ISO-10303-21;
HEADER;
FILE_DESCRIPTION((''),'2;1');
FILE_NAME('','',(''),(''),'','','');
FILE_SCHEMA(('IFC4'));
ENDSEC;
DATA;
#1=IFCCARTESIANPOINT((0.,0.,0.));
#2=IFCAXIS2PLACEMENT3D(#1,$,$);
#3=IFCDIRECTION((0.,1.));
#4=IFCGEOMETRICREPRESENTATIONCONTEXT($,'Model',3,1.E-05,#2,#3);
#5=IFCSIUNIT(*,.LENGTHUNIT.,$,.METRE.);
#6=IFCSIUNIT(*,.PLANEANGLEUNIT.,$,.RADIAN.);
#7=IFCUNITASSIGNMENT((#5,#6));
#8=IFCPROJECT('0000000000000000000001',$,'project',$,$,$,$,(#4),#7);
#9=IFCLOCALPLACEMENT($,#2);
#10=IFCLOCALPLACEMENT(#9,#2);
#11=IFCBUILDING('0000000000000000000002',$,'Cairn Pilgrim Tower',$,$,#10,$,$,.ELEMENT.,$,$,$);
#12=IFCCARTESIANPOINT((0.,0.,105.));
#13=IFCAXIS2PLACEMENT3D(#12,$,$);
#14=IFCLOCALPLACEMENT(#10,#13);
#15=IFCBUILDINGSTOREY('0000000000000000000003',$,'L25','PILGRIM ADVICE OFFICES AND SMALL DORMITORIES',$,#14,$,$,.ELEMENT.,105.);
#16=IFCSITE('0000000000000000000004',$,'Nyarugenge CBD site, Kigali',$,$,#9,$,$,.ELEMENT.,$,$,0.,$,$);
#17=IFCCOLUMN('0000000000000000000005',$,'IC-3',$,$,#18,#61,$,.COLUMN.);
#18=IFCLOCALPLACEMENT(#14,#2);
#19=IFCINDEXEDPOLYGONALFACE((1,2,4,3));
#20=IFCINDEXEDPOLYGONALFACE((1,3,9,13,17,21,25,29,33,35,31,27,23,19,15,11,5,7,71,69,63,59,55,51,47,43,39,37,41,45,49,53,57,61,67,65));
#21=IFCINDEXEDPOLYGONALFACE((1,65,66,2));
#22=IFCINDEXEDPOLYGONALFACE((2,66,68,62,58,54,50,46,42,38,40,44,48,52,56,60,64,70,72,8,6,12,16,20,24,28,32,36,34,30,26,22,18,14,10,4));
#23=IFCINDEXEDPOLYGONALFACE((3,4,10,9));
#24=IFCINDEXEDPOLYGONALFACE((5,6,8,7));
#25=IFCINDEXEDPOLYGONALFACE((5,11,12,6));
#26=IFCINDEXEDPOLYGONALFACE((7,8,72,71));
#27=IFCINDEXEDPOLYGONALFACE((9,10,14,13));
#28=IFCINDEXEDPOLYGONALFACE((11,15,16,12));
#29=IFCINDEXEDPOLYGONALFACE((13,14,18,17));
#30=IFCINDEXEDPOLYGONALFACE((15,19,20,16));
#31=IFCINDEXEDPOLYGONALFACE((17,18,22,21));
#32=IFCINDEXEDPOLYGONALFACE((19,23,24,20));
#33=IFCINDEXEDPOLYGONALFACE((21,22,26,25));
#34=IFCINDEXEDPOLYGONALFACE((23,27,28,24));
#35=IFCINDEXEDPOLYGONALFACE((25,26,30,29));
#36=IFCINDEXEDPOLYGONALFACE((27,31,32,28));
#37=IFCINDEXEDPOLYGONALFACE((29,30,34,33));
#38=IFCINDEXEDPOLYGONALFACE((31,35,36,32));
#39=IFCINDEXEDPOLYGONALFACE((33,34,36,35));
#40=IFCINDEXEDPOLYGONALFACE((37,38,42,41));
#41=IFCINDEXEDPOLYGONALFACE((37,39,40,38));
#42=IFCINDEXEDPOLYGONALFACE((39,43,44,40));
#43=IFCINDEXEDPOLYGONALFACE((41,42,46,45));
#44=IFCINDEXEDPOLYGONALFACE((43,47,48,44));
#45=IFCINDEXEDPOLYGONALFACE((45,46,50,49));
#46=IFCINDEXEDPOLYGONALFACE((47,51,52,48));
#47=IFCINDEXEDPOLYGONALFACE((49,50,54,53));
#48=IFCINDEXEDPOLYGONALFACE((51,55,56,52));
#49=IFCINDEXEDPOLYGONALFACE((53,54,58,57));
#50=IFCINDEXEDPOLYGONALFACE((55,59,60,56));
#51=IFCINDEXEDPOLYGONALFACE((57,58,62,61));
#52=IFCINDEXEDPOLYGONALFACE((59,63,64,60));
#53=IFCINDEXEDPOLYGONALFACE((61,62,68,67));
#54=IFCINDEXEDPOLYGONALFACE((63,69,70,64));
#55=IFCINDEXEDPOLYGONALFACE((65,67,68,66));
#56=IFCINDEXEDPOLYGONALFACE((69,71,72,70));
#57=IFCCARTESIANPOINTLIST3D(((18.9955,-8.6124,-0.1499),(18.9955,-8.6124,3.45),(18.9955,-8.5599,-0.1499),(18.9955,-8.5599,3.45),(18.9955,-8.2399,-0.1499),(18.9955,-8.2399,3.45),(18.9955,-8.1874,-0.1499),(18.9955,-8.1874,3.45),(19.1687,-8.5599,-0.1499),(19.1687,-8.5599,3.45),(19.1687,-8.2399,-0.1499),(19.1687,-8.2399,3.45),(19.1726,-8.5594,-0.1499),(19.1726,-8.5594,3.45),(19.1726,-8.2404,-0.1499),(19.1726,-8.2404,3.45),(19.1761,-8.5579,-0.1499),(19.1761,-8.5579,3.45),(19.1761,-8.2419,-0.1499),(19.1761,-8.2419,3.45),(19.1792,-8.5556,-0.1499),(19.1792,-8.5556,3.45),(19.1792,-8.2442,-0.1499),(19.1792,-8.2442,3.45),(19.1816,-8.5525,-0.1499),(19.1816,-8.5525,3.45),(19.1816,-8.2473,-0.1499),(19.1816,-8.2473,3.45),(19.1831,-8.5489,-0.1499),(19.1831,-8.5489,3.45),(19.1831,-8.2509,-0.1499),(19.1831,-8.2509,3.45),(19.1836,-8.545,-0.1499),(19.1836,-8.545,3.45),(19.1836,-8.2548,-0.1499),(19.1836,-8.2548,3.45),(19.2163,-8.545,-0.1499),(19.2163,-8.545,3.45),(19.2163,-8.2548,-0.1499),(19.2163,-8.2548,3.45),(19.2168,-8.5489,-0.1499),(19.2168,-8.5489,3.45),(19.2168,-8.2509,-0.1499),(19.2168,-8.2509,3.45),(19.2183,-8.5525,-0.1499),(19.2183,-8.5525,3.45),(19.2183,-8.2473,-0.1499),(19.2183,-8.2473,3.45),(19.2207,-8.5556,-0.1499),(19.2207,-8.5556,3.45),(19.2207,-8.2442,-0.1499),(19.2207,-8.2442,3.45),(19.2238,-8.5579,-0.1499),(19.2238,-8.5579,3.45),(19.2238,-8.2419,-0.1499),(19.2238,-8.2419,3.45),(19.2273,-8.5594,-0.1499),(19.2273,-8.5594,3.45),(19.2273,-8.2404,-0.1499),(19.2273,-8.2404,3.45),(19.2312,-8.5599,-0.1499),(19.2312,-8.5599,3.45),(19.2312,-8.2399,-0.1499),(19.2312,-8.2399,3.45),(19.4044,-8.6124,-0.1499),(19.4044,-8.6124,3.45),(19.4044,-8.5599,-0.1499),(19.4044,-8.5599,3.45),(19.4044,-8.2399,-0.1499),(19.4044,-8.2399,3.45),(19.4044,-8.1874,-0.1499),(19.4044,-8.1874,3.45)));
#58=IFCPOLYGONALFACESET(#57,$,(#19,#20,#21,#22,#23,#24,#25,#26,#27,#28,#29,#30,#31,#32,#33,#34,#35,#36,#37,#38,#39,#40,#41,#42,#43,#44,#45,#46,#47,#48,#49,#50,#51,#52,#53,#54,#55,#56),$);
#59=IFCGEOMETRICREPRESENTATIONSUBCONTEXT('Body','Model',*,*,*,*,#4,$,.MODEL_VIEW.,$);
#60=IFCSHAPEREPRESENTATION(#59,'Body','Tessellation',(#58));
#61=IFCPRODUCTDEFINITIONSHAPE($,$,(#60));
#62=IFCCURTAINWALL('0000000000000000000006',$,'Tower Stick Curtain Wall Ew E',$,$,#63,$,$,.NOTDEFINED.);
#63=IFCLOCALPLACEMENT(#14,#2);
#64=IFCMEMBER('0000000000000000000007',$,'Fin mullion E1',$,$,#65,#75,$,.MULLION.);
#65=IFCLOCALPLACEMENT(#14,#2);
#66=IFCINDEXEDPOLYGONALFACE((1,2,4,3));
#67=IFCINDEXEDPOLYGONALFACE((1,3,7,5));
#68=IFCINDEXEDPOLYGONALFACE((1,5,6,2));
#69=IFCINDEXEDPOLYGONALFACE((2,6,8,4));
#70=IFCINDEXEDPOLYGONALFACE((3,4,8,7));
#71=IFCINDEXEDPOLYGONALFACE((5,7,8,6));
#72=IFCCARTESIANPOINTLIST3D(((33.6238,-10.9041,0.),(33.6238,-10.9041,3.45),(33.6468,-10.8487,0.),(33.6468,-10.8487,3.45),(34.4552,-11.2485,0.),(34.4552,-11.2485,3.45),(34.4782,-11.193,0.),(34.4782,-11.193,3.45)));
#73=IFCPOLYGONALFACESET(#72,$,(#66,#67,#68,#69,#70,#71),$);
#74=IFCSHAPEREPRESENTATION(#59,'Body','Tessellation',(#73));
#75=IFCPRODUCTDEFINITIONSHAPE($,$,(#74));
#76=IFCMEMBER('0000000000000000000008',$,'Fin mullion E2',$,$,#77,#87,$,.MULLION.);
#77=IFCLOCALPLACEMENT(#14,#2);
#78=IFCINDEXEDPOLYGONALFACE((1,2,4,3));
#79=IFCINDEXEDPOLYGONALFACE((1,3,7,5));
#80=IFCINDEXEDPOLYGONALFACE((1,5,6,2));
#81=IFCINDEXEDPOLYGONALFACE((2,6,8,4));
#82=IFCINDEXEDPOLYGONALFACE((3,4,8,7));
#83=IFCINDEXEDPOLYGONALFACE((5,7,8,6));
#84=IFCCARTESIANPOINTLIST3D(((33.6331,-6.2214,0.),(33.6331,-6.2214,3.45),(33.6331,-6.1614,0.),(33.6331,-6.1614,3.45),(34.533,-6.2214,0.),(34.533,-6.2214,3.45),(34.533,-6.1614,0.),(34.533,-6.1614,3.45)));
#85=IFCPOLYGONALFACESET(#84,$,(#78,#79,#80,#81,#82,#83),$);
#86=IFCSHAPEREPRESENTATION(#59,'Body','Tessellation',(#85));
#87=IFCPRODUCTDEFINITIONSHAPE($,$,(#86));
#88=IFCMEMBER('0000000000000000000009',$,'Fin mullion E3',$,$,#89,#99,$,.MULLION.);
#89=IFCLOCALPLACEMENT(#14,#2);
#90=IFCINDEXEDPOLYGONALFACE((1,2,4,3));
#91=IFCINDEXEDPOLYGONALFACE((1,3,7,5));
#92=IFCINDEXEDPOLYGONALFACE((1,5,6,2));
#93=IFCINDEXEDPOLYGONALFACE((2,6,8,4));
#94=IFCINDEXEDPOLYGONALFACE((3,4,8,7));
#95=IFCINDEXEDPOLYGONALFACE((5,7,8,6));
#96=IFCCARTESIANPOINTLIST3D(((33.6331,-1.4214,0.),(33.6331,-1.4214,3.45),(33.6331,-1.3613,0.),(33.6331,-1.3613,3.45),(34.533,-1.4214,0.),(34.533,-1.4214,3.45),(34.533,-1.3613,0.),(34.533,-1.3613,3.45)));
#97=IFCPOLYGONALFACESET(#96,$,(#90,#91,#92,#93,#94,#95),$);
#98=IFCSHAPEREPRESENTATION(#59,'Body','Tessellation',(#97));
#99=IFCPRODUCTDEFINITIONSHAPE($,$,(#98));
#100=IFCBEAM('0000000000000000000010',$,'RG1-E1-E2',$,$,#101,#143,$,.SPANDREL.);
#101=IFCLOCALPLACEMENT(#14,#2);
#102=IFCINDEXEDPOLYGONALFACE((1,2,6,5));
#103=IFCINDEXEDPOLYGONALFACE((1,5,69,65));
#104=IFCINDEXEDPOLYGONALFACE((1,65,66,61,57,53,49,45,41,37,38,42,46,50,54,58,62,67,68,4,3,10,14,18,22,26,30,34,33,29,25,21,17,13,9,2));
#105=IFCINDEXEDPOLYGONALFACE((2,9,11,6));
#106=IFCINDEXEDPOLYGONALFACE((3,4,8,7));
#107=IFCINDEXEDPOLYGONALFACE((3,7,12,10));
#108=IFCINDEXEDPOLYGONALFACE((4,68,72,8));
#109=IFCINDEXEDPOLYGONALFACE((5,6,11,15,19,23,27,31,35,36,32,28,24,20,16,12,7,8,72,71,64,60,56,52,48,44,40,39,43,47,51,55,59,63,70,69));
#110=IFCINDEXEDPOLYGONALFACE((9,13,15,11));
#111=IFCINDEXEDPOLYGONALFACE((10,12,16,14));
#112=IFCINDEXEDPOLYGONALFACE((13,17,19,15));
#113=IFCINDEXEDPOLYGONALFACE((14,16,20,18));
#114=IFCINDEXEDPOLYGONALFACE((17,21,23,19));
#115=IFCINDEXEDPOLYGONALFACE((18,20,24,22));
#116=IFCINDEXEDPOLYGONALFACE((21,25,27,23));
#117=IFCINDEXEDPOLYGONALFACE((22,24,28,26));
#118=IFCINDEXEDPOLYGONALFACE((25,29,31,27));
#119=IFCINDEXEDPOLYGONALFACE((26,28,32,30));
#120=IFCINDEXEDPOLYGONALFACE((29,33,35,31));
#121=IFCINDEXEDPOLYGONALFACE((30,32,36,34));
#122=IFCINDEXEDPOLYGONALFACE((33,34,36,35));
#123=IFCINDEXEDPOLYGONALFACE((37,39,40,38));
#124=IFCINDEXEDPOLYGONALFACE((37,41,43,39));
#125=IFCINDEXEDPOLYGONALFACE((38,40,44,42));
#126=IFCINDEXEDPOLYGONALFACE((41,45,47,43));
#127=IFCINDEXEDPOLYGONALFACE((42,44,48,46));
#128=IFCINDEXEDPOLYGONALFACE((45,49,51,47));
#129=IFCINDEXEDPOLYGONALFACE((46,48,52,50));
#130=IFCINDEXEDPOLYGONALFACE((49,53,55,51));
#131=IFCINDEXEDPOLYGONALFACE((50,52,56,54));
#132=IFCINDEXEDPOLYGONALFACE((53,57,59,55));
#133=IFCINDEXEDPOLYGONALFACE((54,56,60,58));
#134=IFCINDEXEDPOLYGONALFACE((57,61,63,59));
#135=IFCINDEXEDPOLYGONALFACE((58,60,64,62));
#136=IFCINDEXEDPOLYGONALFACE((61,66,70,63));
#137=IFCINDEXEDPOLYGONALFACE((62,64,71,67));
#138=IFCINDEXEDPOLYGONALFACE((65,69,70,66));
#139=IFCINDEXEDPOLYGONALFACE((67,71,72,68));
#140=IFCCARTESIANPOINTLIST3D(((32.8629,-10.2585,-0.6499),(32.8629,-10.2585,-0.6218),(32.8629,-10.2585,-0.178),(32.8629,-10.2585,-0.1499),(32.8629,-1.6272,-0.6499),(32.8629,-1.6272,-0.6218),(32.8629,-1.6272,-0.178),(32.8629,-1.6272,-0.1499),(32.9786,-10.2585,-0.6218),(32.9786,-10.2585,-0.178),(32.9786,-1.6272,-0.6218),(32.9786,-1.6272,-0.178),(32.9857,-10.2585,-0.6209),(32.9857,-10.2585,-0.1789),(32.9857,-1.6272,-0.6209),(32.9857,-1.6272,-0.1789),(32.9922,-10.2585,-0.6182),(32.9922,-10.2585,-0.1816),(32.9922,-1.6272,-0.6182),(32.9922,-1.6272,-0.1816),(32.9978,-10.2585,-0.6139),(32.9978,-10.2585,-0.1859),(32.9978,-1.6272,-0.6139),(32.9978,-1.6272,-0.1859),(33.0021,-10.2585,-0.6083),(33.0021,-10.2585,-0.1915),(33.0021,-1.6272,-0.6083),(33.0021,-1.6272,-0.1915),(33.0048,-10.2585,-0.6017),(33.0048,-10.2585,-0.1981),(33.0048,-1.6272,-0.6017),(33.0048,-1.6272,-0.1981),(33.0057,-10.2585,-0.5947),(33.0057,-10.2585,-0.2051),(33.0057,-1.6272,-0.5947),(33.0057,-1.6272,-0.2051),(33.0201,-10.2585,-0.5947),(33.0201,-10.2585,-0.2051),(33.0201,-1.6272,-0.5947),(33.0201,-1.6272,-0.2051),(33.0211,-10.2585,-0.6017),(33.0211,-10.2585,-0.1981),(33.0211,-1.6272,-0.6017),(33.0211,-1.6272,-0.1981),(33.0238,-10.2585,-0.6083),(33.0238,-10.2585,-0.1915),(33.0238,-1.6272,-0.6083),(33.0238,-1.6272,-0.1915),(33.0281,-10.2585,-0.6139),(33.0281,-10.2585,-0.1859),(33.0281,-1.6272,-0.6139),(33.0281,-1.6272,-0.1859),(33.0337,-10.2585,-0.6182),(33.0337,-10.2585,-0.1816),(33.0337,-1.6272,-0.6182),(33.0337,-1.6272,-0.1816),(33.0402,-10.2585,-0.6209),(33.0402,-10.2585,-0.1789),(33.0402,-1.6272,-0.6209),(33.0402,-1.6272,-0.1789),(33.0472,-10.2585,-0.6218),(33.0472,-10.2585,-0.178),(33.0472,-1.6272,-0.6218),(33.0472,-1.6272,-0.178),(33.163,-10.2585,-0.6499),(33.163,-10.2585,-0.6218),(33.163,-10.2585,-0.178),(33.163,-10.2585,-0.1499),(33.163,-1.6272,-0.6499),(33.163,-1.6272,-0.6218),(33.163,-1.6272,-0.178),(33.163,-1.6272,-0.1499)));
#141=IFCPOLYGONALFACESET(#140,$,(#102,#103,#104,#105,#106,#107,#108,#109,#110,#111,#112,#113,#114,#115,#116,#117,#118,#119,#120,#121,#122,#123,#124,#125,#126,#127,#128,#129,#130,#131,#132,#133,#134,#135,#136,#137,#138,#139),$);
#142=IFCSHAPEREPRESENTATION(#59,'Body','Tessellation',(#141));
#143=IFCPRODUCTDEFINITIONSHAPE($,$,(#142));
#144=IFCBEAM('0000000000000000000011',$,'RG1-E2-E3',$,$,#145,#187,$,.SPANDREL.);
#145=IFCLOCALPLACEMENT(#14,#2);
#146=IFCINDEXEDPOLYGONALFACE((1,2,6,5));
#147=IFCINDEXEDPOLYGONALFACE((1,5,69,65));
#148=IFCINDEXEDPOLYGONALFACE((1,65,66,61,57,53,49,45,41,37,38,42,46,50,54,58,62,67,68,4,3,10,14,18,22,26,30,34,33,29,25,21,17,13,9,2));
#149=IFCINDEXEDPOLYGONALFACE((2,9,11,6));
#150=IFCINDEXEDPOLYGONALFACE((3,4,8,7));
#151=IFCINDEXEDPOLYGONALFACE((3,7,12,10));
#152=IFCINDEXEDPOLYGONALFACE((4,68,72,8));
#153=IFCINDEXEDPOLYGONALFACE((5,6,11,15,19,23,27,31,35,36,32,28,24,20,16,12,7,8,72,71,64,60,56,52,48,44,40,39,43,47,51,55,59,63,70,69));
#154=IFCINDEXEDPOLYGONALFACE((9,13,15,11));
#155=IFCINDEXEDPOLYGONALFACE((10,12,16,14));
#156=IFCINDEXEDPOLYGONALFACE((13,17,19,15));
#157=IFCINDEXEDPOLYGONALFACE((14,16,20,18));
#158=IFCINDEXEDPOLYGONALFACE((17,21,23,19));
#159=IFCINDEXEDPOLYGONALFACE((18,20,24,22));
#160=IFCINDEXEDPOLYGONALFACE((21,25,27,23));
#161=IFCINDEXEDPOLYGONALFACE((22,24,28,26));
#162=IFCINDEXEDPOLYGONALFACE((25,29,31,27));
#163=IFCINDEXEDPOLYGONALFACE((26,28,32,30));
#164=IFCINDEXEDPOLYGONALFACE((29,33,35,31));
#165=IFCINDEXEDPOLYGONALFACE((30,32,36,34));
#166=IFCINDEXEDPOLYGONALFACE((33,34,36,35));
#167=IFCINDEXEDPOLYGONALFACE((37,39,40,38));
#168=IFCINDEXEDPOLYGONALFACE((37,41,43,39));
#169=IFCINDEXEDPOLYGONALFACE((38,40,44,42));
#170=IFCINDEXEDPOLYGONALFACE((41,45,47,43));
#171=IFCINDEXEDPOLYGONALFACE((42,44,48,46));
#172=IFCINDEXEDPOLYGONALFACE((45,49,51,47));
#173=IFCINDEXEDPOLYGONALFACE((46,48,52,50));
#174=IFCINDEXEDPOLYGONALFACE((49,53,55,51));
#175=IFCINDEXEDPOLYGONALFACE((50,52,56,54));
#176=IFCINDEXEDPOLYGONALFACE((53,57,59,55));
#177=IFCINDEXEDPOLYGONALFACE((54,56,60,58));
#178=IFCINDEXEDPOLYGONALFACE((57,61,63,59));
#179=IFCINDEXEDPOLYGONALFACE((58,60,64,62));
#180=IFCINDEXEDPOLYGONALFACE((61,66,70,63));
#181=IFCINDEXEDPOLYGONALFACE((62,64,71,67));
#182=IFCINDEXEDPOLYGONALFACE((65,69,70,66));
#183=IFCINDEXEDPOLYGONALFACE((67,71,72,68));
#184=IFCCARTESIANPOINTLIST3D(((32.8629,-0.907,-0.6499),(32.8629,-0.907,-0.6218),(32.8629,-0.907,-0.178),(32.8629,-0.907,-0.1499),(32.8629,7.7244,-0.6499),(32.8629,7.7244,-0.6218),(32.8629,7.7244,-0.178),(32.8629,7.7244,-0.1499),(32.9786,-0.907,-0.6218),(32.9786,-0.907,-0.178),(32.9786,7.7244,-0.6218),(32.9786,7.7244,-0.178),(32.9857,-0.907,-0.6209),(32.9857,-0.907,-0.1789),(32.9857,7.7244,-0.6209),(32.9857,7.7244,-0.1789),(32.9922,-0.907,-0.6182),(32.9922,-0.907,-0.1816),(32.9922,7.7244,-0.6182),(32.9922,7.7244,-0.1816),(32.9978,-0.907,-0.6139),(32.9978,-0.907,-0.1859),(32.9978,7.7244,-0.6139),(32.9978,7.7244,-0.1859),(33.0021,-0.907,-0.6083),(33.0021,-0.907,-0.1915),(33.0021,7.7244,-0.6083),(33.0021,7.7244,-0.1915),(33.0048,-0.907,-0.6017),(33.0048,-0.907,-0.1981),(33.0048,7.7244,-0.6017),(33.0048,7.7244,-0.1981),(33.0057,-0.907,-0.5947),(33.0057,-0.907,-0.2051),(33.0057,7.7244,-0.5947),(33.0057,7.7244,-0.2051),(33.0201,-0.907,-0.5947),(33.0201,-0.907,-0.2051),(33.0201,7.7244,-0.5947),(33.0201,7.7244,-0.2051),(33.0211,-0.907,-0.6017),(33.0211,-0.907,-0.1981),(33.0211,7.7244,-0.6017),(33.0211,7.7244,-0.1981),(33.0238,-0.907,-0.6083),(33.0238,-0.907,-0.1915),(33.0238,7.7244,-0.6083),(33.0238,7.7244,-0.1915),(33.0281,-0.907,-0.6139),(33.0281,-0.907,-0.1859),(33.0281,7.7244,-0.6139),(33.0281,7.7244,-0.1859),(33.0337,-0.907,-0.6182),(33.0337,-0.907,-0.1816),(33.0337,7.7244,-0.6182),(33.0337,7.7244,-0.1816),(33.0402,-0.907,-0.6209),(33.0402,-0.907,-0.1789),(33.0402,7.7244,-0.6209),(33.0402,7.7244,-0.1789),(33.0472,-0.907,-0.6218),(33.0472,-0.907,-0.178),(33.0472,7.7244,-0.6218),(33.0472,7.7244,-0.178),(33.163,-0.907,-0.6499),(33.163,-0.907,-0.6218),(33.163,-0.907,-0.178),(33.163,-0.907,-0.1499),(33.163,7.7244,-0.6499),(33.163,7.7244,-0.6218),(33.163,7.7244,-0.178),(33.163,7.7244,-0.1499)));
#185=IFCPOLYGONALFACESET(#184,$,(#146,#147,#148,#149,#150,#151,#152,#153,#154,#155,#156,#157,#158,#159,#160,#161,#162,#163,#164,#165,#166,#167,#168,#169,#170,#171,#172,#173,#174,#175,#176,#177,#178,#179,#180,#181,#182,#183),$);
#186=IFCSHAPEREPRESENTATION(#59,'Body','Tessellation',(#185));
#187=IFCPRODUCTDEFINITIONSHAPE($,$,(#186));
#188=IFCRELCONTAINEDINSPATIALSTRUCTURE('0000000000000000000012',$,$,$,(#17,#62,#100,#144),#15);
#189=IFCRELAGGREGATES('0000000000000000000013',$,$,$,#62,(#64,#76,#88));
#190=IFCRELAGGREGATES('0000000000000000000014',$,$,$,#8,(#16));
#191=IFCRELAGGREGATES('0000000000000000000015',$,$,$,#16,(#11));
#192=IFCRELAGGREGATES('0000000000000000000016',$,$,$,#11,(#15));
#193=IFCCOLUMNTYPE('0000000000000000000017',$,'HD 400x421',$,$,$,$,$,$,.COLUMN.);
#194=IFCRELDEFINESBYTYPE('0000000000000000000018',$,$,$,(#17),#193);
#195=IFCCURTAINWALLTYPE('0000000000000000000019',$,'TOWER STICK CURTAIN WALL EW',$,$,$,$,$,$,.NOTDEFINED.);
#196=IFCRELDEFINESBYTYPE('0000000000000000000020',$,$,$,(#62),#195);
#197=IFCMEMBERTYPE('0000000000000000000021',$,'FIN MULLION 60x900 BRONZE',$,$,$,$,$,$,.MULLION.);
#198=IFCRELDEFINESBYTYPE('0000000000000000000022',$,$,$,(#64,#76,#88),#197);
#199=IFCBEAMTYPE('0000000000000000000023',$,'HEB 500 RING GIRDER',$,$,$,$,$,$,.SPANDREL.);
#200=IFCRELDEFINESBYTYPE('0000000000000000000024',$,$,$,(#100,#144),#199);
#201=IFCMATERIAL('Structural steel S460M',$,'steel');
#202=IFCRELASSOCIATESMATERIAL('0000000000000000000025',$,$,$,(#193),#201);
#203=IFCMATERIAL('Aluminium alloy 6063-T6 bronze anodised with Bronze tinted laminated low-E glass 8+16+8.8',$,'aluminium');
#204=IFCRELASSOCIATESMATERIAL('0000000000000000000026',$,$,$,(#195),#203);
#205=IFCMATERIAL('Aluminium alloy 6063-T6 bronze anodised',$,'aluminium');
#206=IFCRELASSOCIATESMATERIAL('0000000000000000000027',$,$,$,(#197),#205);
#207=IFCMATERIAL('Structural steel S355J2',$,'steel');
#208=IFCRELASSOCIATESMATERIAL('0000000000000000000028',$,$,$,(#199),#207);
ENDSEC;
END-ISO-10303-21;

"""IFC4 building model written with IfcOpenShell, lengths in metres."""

from ifc_helpers import new_model, si_unit, direction, frame, origin, origin_2d, place, context, subcontext, project, spatial, rectangle, i_section, extrude, material, material_profile, profile_set, type_object, element, aggregate, save


model = new_model("IFC4")

# Units and contexts
model_context = context("Model", 3, precision=1e-05, world=origin(), true_north=direction((0.0, 1.0)))
body_context = subcontext(model_context, "Body", "Model", "MODEL_VIEW")
ifc_project = project(units=[si_unit("LENGTHUNIT", "METRE"), si_unit("PLANEANGLEUNIT", "RADIAN")], contexts=[model_context])

# Site, building, storey
site_placement = place(None, origin())
site = spatial("IfcSite", under=ifc_project, at=site_placement, Name="Nyarugenge CBD site, Kigali", CompositionType="ELEMENT", RefElevation=0.0)
building_placement = place(site_placement, origin())
building = spatial("IfcBuilding", under=site, at=building_placement, Name="Cairn Pilgrim Tower", CompositionType="ELEMENT")
storey_placement = place(building_placement, frame((0.0, 0.0, 105.0)))
storey = spatial("IfcBuildingStorey", under=building, at=storey_placement, Name="L25", Description="PILGRIM ADVICE OFFICES AND SMALL DORMITORIES", CompositionType="ELEMENT", Elevation=105.0)

# Column
ifc_material_1 = material(Name="Structural steel S460M", Category="steel")
ifc_material_profile_1 = material_profile(ifc_material_1, i_section(OverallWidth=0.4089, OverallDepth=0.425, WebThickness=0.0327, FlangeThickness=0.0525, FilletRadius=0.0149, at=origin_2d()), Name="HD 400x421")
ifc_profile_set_1 = profile_set([ifc_material_profile_1], Name="Structural steel S460M")
column_type_1 = type_object("IfcColumnType", Name="HD 400x421", PredefinedType="COLUMN", material=ifc_profile_set_1)
column_placement = place(storey_placement, frame((19.2, -8.3999, -0.1499), z_axis=(0.0, 0.0, 1.0), x_axis=(1.0, 0.0, 0.0)))
element("IfcColumn", 1, at=column_placement, inside=storey, type_object=column_type_1, Name="IC-3", PredefinedType="COLUMN", context=body_context, shape_type="SweptSolid", body=[
    extrude(i_section(OverallWidth=0.4089, OverallDepth=0.425, WebThickness=0.0327, FlangeThickness=0.0525, FilletRadius=0.0149, at=origin_2d()), origin(), (0.0, 0.0, 1.0), 3.5999),
])

# Curtain wall, members
ifc_material_2 = material(Name="Aluminium alloy 6063-T6 bronze anodised with Bronze tinted laminated low-E glass 8+16+8.8", Category="aluminium")
curtain_wall_type = type_object("IfcCurtainWallType", Name="TOWER STICK CURTAIN WALL EW", PredefinedType="NOTDEFINED", material=ifc_material_2)
curtain_wall_placement = place(storey_placement, origin())
curtain_wall = element("IfcCurtainWall", 2, at=curtain_wall_placement, inside=storey, type_object=curtain_wall_type, Name="Tower Stick Curtain Wall Ew E", PredefinedType="NOTDEFINED")
ifc_material_3 = material(Name="Aluminium alloy 6063-T6 bronze anodised", Category="aluminium")
ifc_material_profile_2 = material_profile(ifc_material_3, rectangle(XDim=0.8999, YDim=0.0601, at=origin_2d()), Name="FIN MULLION 60x900 BRONZE")
ifc_profile_set_2 = profile_set([ifc_material_profile_2], Name="Aluminium alloy 6063-T6 bronze anodised")
member_type_1 = type_object("IfcMemberType", Name="FIN MULLION 60x900 BRONZE", PredefinedType="MULLION", material=ifc_profile_set_2)
member_1_placement = place(storey_placement, frame((34.051, -11.0486, 0.0), z_axis=(0.0, 0.0, 1.0), x_axis=(0.92388, -0.382683, 0.0)))
member_1 = element("IfcMember", 3, at=member_1_placement, type_object=member_type_1, Name="Fin mullion E1", PredefinedType="MULLION", context=body_context, shape_type="SweptSolid", body=[
    extrude(rectangle(XDim=0.8999, YDim=0.0601, at=origin_2d()), origin(), (0.0, 0.0, 1.0), 3.45),
])
member_2_placement = place(storey_placement, frame((34.083, -6.1914, 0.0), z_axis=(0.0, 0.0, 1.0), x_axis=(1.0, 0.0, 0.0)))
member_2 = element("IfcMember", 4, at=member_2_placement, type_object=member_type_1, Name="Fin mullion E2", PredefinedType="MULLION", context=body_context, shape_type="SweptSolid", body=[
    extrude(rectangle(XDim=0.8999, YDim=0.0601, at=origin_2d()), origin(), (0.0, 0.0, 1.0), 3.45),
])
member_3_placement = place(storey_placement, frame((34.083, -1.3914, 0.0), z_axis=(0.0, 0.0, 1.0), x_axis=(1.0, 0.0, 0.0)))
member_3 = element("IfcMember", 5, at=member_3_placement, type_object=member_type_1, Name="Fin mullion E3", PredefinedType="MULLION", context=body_context, shape_type="SweptSolid", body=[
    extrude(rectangle(XDim=0.8999, YDim=0.0601, at=origin_2d()), origin(), (0.0, 0.0, 1.0), 3.45),
])

# Beams
ifc_material_4 = material(Name="Structural steel S355J2", Category="steel")
ifc_material_profile_3 = material_profile(ifc_material_4, i_section(OverallWidth=0.3, OverallDepth=0.5, WebThickness=0.0144, FlangeThickness=0.0281, FilletRadius=0.0271, at=origin_2d()), Name="HEB 500")
ifc_profile_set_3 = profile_set([ifc_material_profile_3], Name="Structural steel S355J2")
beam_type_1 = type_object("IfcBeamType", Name="HEB 500 RING GIRDER", PredefinedType="SPANDREL", material=ifc_profile_set_3)
for number, where, z_axis, x_axis, name in (
    (6, (33.0129, -10.2585, -0.3999), (0.0, 1.0, 0.0), (-1.0, 0.0, 0.0), "RG1-E1-E2"),
    (7, (33.0129, -0.907, -0.3999), (0.0, 1.0, 0.0), (-1.0, 0.0, 0.0), "RG1-E2-E3"),
):
    element("IfcBeam", number, at=place(storey_placement, frame(where, z_axis=z_axis, x_axis=x_axis)), inside=storey, type_object=beam_type_1, Name=name, PredefinedType="SPANDREL", context=body_context, shape_type="SweptSolid", body=[
        extrude(i_section(OverallWidth=0.3, OverallDepth=0.5, WebThickness=0.0144, FlangeThickness=0.0281, FilletRadius=0.0271, at=origin_2d()), origin(), (0.0, 0.0, 1.0), 8.6313),
    ])

aggregate(curtain_wall, [member_1, member_2, member_3])

save(model, "model.ifc")
